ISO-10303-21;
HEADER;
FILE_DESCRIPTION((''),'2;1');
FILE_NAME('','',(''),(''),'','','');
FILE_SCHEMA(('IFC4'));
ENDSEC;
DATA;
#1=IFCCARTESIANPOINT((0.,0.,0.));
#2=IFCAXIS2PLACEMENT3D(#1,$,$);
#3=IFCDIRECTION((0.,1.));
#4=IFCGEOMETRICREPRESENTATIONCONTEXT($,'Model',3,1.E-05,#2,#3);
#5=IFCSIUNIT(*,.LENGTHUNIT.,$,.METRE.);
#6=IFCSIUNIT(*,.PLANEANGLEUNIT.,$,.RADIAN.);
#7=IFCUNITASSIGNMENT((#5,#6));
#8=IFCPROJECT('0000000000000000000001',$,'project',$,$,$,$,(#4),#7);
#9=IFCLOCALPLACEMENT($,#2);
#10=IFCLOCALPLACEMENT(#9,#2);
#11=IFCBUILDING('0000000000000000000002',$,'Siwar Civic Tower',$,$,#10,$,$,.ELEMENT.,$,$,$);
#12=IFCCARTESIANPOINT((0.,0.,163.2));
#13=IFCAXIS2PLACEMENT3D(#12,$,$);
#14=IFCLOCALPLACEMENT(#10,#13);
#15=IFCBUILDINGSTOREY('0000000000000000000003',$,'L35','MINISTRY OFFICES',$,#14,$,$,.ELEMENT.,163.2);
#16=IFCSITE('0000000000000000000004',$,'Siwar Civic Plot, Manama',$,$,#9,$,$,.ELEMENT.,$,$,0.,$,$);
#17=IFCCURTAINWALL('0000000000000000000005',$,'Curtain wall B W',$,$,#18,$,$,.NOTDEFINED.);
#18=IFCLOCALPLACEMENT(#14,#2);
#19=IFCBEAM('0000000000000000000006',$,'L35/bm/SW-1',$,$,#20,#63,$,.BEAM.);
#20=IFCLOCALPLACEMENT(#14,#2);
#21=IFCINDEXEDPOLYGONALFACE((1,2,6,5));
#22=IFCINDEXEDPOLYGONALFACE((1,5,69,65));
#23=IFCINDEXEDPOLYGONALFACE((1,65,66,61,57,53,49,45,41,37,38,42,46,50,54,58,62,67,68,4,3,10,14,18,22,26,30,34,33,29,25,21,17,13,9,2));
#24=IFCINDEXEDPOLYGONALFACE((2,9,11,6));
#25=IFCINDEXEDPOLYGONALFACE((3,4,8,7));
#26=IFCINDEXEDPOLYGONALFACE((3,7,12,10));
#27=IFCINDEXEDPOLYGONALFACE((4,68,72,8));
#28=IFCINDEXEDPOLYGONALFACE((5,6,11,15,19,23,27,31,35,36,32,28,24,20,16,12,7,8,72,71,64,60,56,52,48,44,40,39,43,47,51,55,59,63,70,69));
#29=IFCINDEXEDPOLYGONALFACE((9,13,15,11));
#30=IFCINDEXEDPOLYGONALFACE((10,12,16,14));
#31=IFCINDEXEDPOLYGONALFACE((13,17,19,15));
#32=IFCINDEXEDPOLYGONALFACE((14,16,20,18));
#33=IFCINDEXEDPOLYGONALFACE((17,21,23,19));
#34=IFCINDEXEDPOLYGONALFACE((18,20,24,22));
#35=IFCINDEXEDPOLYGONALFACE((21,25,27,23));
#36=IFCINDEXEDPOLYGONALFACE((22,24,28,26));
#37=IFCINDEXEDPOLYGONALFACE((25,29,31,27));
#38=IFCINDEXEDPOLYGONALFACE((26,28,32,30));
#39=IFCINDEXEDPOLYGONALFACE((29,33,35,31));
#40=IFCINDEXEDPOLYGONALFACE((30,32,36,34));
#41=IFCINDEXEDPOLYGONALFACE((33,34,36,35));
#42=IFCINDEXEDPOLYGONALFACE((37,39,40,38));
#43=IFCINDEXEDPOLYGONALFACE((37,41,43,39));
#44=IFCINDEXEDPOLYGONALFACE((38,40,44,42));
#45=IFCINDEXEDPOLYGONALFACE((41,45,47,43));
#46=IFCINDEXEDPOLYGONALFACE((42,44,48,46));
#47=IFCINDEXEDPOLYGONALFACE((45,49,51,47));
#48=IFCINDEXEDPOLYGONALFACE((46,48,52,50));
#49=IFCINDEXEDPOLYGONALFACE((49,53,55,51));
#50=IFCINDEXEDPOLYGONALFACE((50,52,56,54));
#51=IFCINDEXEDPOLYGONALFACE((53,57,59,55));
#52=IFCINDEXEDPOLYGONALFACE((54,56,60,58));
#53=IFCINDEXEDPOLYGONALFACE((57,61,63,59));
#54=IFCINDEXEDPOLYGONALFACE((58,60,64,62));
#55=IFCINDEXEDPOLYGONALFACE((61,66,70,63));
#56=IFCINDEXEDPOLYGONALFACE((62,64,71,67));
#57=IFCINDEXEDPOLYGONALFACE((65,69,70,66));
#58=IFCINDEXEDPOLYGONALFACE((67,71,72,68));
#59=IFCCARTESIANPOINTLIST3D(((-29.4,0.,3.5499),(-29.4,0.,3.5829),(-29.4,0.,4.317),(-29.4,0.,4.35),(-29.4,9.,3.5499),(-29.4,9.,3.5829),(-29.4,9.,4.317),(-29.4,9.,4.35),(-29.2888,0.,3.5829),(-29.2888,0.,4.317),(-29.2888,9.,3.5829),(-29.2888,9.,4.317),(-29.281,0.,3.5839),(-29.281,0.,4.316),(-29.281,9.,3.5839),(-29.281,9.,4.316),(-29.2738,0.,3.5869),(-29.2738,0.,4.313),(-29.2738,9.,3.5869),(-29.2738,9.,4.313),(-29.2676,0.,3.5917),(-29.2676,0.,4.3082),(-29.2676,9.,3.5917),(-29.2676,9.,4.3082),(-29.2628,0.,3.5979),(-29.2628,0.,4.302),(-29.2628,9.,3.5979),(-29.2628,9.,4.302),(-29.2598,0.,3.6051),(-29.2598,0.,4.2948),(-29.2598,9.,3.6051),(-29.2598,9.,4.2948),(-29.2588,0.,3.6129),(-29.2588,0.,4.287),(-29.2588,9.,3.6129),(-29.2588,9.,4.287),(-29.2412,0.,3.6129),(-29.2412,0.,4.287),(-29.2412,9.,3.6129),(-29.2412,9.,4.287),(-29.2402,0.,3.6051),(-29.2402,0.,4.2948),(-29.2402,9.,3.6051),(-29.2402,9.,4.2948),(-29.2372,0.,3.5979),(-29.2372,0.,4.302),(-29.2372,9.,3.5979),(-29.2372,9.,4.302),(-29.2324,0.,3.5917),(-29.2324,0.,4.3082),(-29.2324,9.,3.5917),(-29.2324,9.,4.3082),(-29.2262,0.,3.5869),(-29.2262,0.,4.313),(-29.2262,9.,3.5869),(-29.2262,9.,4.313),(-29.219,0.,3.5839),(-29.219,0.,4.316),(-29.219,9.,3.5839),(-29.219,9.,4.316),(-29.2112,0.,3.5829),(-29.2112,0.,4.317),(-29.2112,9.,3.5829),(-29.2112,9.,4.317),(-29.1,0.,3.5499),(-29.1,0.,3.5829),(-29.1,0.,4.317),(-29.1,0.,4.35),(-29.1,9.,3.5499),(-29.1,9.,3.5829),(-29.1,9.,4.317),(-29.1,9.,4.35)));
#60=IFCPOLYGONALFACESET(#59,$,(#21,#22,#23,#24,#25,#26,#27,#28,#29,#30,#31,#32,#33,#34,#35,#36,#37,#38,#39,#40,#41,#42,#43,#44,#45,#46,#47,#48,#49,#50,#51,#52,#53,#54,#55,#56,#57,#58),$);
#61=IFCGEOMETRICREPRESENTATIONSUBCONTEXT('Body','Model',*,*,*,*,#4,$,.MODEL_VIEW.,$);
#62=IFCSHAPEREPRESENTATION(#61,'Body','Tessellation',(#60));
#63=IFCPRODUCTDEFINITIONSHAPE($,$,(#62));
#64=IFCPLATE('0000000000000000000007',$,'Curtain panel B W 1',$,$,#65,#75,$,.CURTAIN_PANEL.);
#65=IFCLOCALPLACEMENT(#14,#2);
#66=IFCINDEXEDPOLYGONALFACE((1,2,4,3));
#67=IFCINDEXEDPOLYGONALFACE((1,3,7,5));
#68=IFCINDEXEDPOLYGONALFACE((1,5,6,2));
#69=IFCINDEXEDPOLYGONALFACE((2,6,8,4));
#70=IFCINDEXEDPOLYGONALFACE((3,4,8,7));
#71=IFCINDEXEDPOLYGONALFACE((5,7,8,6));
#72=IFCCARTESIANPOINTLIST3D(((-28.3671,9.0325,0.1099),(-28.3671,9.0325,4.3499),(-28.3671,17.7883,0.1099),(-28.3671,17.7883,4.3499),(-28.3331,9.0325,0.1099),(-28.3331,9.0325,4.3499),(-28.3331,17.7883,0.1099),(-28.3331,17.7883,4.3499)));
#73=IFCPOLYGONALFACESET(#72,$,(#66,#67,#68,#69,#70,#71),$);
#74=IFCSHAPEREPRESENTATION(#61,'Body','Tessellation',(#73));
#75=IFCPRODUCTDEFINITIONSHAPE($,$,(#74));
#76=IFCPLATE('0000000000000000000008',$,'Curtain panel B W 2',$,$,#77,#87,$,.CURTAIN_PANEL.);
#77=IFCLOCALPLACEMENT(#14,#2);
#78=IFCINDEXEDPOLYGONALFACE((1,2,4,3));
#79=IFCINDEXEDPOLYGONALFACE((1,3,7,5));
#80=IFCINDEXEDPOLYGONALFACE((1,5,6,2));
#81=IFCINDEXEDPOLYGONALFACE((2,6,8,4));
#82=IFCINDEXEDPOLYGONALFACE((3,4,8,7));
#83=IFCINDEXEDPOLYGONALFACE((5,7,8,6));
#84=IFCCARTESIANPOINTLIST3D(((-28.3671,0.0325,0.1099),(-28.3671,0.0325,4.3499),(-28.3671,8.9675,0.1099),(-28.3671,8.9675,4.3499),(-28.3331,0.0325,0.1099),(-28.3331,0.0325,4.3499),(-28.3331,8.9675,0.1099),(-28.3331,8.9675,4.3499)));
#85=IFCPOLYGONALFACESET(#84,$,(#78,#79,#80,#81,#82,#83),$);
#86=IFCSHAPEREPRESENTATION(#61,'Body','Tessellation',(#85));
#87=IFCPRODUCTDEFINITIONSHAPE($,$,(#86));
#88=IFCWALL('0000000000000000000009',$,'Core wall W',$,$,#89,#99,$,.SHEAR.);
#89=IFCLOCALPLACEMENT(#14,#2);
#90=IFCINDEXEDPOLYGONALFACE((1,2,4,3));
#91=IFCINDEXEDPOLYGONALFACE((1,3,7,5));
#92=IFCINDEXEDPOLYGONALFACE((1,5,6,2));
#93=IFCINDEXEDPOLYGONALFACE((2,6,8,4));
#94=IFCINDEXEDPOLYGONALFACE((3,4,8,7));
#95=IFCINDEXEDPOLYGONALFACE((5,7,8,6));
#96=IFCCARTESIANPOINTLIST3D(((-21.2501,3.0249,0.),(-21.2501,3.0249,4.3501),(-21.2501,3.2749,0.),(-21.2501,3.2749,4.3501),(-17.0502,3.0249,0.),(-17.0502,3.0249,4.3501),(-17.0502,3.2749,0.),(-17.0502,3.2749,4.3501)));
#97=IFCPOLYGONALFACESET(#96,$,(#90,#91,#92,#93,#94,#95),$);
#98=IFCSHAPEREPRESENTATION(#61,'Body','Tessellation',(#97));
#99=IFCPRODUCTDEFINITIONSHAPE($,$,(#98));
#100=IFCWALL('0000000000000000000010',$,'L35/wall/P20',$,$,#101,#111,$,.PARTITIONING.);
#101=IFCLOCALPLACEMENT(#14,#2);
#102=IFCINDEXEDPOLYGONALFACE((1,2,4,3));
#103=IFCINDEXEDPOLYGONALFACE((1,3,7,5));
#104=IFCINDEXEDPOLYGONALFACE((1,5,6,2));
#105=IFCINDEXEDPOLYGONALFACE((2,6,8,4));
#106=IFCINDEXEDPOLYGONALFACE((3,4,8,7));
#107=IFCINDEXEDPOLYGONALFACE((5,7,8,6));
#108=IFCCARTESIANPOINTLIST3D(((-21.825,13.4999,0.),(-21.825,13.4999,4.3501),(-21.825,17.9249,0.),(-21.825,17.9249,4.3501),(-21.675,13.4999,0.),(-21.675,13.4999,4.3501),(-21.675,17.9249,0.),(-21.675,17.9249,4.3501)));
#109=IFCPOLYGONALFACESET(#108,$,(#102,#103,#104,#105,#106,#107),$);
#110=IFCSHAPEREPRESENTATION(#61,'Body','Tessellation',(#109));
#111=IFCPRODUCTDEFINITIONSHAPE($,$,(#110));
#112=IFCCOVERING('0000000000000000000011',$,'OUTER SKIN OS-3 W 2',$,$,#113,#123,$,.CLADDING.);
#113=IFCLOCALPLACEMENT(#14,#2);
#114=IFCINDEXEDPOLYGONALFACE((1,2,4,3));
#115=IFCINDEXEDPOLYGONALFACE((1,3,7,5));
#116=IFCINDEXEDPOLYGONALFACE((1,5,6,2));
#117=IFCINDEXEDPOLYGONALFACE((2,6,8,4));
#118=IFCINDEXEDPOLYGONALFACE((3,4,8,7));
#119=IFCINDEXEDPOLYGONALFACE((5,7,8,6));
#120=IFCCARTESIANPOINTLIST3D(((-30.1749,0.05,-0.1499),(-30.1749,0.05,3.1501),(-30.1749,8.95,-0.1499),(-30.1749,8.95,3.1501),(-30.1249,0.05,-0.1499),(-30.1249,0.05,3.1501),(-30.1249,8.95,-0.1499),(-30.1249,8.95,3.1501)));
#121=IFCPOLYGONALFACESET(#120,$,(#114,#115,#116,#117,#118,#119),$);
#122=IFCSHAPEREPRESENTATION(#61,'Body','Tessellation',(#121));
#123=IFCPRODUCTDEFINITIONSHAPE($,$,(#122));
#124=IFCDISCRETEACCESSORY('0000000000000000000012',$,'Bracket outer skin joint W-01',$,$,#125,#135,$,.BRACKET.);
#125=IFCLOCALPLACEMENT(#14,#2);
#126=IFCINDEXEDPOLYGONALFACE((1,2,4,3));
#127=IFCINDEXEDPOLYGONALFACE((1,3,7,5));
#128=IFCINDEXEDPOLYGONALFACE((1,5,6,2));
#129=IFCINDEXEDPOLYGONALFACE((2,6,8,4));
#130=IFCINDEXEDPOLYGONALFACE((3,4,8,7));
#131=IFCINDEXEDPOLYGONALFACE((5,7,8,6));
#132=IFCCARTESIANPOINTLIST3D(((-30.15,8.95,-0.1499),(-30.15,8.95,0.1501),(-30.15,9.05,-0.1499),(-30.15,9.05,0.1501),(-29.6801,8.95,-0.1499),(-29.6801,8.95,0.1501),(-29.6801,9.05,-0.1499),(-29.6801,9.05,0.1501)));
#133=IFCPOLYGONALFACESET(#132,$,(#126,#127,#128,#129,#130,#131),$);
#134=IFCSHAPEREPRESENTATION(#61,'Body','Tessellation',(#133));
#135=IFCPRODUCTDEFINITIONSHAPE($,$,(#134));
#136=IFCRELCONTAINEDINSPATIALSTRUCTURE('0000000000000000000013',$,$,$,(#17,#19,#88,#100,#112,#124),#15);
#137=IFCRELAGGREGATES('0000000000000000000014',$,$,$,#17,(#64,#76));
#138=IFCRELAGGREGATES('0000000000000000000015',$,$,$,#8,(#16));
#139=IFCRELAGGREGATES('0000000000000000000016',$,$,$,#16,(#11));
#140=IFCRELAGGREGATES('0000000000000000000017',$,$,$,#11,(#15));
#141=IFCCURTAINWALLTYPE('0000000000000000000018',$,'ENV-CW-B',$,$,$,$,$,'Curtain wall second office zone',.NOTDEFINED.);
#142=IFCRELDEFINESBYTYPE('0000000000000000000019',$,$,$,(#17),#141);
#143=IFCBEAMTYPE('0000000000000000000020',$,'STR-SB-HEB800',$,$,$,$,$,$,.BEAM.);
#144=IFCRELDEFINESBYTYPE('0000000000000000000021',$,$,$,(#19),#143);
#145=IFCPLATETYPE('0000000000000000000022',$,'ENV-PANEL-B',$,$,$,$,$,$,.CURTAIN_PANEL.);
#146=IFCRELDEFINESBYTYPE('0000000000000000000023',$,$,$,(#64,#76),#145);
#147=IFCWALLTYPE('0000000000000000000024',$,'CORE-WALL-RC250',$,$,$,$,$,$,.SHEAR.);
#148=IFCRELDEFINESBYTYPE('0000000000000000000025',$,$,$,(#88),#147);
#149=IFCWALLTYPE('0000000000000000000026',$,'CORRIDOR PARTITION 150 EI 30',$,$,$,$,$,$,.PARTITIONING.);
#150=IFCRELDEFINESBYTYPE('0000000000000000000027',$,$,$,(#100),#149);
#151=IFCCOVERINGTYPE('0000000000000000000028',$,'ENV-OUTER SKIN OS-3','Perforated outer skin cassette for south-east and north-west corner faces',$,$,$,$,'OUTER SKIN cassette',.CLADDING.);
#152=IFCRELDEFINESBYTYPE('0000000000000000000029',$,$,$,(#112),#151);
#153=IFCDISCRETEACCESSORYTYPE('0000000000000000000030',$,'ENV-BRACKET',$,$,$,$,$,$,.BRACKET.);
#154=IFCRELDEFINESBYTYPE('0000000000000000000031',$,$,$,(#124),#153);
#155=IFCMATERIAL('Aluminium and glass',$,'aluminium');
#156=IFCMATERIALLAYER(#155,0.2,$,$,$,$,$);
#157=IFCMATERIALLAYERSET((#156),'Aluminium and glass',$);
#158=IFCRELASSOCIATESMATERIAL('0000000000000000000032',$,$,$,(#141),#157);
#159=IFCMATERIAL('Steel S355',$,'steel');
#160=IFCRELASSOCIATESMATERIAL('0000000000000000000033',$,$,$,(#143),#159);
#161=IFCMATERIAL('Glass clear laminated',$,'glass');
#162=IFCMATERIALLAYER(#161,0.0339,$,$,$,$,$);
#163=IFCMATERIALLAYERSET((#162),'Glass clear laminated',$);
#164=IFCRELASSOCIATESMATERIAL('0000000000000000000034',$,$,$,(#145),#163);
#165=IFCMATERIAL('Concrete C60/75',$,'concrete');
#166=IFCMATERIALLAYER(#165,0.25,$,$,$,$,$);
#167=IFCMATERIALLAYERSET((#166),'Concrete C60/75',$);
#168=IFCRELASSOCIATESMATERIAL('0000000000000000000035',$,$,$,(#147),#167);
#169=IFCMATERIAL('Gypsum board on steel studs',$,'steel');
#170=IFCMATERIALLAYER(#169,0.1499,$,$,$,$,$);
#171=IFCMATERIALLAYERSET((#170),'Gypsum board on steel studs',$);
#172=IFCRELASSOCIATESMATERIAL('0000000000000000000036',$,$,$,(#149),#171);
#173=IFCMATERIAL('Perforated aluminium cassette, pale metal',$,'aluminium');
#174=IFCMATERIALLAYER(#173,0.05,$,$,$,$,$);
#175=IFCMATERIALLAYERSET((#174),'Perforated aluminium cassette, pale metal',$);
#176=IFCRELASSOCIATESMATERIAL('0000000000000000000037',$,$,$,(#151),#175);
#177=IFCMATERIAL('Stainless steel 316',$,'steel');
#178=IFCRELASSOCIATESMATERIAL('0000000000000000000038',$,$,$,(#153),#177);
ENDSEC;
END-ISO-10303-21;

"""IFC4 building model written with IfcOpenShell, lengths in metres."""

from ifc_helpers import new_model, si_unit, direction, frame, frame_2d, origin, origin_2d, place, context, subcontext, project, spatial, rectangle, i_section, extrude, material, layer, layer_set, material_profile, profile_set, type_object, element, aggregate, save


model = new_model("IFC4")

# Units and contexts
model_context = context("Model", 3, precision=1e-05, world=origin(), true_north=direction((0.0, 1.0)))
body_context = subcontext(model_context, "Body", "Model", "MODEL_VIEW")
ifc_project = project(units=[si_unit("LENGTHUNIT", "METRE"), si_unit("PLANEANGLEUNIT", "RADIAN")], contexts=[model_context])

# Site, building, storey
site_placement = place(None, origin())
site = spatial("IfcSite", under=ifc_project, at=site_placement, Name="Siwar Civic Plot, Manama", CompositionType="ELEMENT", RefElevation=0.0)
building_placement = place(site_placement, origin())
building = spatial("IfcBuilding", under=site, at=building_placement, Name="Siwar Civic Tower", CompositionType="ELEMENT")
storey_placement = place(building_placement, frame((0.0, 0.0, 163.2)))
storey = spatial("IfcBuildingStorey", under=building, at=storey_placement, Name="L35", Description="MINISTRY OFFICES", CompositionType="ELEMENT", Elevation=163.2)

# Curtain wall
ifc_material_1 = material(Name="Aluminium and glass", Category="aluminium")
ifc_layer_1 = layer(ifc_material_1, 0.2)
ifc_layer_set_1 = layer_set([ifc_layer_1], Name="Aluminium and glass")
curtain_wall_type = type_object("IfcCurtainWallType", Name="ENV-CW-B", ElementType="Curtain wall second office zone", PredefinedType="NOTDEFINED", material=ifc_layer_set_1)
curtain_wall_placement = place(storey_placement, origin())
curtain_wall = element("IfcCurtainWall", 1, at=curtain_wall_placement, inside=storey, type_object=curtain_wall_type, Name="Curtain wall B W", PredefinedType="NOTDEFINED")

# Beam
ifc_material_2 = material(Name="Steel S355", Category="steel")
ifc_material_profile_1 = material_profile(ifc_material_2, i_section(OverallWidth=0.3, OverallDepth=0.8, WebThickness=0.0176, FlangeThickness=0.033, FilletRadius=0.03, at=origin_2d()), Name="HEB800")
ifc_profile_set_1 = profile_set([ifc_material_profile_1], Name="Steel S355")
beam_type_1 = type_object("IfcBeamType", Name="STR-SB-HEB800", PredefinedType="BEAM", material=ifc_profile_set_1)
beam_1_placement = place(storey_placement, frame((-29.25, 9.0, 3.95), z_axis=(0.0, -1.0, 0.0), x_axis=(1.0, 0.0, 0.0)))
element("IfcBeam", 2, at=beam_1_placement, inside=storey, type_object=beam_type_1, Name="L35/bm/SW-1", PredefinedType="BEAM", context=body_context, shape_type="SweptSolid", body=[
    extrude(i_section(OverallWidth=0.3, OverallDepth=0.8, WebThickness=0.0176, FlangeThickness=0.033, FilletRadius=0.03, at=origin_2d()), origin(), (0.0, 0.0, 1.0), 9.0),
])

# Plates
ifc_material_3 = material(Name="Glass clear laminated", Category="glass")
ifc_layer_2 = layer(ifc_material_3, 0.0339)
ifc_layer_set_2 = layer_set([ifc_layer_2], Name="Glass clear laminated")
plate_type = type_object("IfcPlateType", Name="ENV-PANEL-B", PredefinedType="CURTAIN_PANEL", material=ifc_layer_set_2)
plate_1_placement = place(storey_placement, frame((-28.3501, 13.4104, 0.1099), z_axis=(0.0, 0.0, 1.0), x_axis=(0.0, -1.0, 0.0)))
plate_1 = element("IfcPlate", 3, at=plate_1_placement, type_object=plate_type, Name="Curtain panel B W 1", PredefinedType="CURTAIN_PANEL", context=body_context, shape_type="SweptSolid", body=[
    extrude(rectangle(XDim=8.7559, YDim=0.0339, at=origin_2d()), origin(), (0.0, 0.0, 1.0), 4.24),
])
plate_2_placement = place(storey_placement, frame((-28.3501, 4.5, 0.1099), z_axis=(0.0, 0.0, 1.0), x_axis=(0.0, -1.0, 0.0)))
plate_2 = element("IfcPlate", 4, at=plate_2_placement, type_object=plate_type, Name="Curtain panel B W 2", PredefinedType="CURTAIN_PANEL", context=body_context, shape_type="SweptSolid", body=[
    extrude(rectangle(XDim=8.9351, YDim=0.0339, at=origin_2d()), origin(), (0.0, 0.0, 1.0), 4.24),
])
aggregate(curtain_wall, [plate_1, plate_2])

# Walls
ifc_material_4 = material(Name="Concrete C60/75", Category="concrete")
ifc_layer_3 = layer(ifc_material_4, 0.25)
ifc_layer_set_3 = layer_set([ifc_layer_3], Name="Concrete C60/75")
wall_type_1 = type_object("IfcWallType", Name="CORE-WALL-RC250", PredefinedType="SHEAR", material=ifc_layer_set_3)
wall_1_placement = place(storey_placement, frame((-17.05, 3.1499, 0.0), z_axis=(0.0, 0.0, 1.0), x_axis=(-1.0, 0.0, 0.0)))
element("IfcWall", 5, at=wall_1_placement, inside=storey, type_object=wall_type_1, Name="Core wall W", PredefinedType="SHEAR", context=body_context, shape_type="SweptSolid", body=[
    extrude(rectangle(XDim=4.2, YDim=0.25, at=frame_2d((2.1001, 0.0))), origin(), (0.0, 0.0, 1.0), 4.3501),
])
ifc_material_5 = material(Name="Gypsum board on steel studs", Category="steel")
ifc_layer_4 = layer(ifc_material_5, 0.1499)
ifc_layer_set_4 = layer_set([ifc_layer_4], Name="Gypsum board on steel studs")
wall_type_2 = type_object("IfcWallType", Name="CORRIDOR PARTITION 150 EI 30", PredefinedType="PARTITIONING", material=ifc_layer_set_4)
wall_2_placement = place(storey_placement, frame((-21.75, 13.5, 0.0), z_axis=(0.0, 0.0, 1.0), x_axis=(0.0, 1.0, 0.0)))
element("IfcWall", 6, at=wall_2_placement, inside=storey, type_object=wall_type_2, Name="L35/wall/P20", PredefinedType="PARTITIONING", context=body_context, shape_type="SweptSolid", body=[
    extrude(rectangle(XDim=4.425, YDim=0.1499, at=frame_2d((2.2124, 0.0))), origin(), (0.0, 0.0, 1.0), 4.3501),
])

# Covering
ifc_material_6 = material(Name="Perforated aluminium cassette, pale metal", Category="aluminium")
ifc_layer_5 = layer(ifc_material_6, 0.05)
ifc_layer_set_5 = layer_set([ifc_layer_5], Name="Perforated aluminium cassette, pale metal")
covering_type = type_object("IfcCoveringType", Name="ENV-OUTER SKIN OS-3", Description="Perforated outer skin cassette for south-east and north-west corner faces", ElementType="OUTER SKIN cassette", PredefinedType="CLADDING", material=ifc_layer_set_5)
covering_placement = place(storey_placement, frame((-30.1499, 4.5, -0.1499), z_axis=(0.0, 0.0, 1.0), x_axis=(0.0, -1.0, 0.0)))
element("IfcCovering", 7, at=covering_placement, inside=storey, type_object=covering_type, Name="OUTER SKIN OS-3 W 2", PredefinedType="CLADDING", context=body_context, shape_type="SweptSolid", body=[
    extrude(rectangle(XDim=8.8999, YDim=0.05, at=origin_2d()), origin(), (0.0, 0.0, 1.0), 3.3),
])

# Discrete accessory
ifc_material_7 = material(Name="Stainless steel 316", Category="steel")
discrete_accessory_type = type_object("IfcDiscreteAccessoryType", Name="ENV-BRACKET", PredefinedType="BRACKET", material=ifc_material_7)
discrete_accessory_placement = place(storey_placement, frame((-29.915, 9.0, -0.1499), z_axis=(0.0, 0.0, 1.0), x_axis=(-1.0, 0.0, 0.0)))
element("IfcDiscreteAccessory", 8, at=discrete_accessory_placement, inside=storey, type_object=discrete_accessory_type, Name="Bracket outer skin joint W-01", PredefinedType="BRACKET", context=body_context, shape_type="SweptSolid", body=[
    extrude(rectangle(XDim=0.47, YDim=0.1001, at=origin_2d()), origin(), (0.0, 0.0, 1.0), 0.3),
])

save(model, "model.ifc")
